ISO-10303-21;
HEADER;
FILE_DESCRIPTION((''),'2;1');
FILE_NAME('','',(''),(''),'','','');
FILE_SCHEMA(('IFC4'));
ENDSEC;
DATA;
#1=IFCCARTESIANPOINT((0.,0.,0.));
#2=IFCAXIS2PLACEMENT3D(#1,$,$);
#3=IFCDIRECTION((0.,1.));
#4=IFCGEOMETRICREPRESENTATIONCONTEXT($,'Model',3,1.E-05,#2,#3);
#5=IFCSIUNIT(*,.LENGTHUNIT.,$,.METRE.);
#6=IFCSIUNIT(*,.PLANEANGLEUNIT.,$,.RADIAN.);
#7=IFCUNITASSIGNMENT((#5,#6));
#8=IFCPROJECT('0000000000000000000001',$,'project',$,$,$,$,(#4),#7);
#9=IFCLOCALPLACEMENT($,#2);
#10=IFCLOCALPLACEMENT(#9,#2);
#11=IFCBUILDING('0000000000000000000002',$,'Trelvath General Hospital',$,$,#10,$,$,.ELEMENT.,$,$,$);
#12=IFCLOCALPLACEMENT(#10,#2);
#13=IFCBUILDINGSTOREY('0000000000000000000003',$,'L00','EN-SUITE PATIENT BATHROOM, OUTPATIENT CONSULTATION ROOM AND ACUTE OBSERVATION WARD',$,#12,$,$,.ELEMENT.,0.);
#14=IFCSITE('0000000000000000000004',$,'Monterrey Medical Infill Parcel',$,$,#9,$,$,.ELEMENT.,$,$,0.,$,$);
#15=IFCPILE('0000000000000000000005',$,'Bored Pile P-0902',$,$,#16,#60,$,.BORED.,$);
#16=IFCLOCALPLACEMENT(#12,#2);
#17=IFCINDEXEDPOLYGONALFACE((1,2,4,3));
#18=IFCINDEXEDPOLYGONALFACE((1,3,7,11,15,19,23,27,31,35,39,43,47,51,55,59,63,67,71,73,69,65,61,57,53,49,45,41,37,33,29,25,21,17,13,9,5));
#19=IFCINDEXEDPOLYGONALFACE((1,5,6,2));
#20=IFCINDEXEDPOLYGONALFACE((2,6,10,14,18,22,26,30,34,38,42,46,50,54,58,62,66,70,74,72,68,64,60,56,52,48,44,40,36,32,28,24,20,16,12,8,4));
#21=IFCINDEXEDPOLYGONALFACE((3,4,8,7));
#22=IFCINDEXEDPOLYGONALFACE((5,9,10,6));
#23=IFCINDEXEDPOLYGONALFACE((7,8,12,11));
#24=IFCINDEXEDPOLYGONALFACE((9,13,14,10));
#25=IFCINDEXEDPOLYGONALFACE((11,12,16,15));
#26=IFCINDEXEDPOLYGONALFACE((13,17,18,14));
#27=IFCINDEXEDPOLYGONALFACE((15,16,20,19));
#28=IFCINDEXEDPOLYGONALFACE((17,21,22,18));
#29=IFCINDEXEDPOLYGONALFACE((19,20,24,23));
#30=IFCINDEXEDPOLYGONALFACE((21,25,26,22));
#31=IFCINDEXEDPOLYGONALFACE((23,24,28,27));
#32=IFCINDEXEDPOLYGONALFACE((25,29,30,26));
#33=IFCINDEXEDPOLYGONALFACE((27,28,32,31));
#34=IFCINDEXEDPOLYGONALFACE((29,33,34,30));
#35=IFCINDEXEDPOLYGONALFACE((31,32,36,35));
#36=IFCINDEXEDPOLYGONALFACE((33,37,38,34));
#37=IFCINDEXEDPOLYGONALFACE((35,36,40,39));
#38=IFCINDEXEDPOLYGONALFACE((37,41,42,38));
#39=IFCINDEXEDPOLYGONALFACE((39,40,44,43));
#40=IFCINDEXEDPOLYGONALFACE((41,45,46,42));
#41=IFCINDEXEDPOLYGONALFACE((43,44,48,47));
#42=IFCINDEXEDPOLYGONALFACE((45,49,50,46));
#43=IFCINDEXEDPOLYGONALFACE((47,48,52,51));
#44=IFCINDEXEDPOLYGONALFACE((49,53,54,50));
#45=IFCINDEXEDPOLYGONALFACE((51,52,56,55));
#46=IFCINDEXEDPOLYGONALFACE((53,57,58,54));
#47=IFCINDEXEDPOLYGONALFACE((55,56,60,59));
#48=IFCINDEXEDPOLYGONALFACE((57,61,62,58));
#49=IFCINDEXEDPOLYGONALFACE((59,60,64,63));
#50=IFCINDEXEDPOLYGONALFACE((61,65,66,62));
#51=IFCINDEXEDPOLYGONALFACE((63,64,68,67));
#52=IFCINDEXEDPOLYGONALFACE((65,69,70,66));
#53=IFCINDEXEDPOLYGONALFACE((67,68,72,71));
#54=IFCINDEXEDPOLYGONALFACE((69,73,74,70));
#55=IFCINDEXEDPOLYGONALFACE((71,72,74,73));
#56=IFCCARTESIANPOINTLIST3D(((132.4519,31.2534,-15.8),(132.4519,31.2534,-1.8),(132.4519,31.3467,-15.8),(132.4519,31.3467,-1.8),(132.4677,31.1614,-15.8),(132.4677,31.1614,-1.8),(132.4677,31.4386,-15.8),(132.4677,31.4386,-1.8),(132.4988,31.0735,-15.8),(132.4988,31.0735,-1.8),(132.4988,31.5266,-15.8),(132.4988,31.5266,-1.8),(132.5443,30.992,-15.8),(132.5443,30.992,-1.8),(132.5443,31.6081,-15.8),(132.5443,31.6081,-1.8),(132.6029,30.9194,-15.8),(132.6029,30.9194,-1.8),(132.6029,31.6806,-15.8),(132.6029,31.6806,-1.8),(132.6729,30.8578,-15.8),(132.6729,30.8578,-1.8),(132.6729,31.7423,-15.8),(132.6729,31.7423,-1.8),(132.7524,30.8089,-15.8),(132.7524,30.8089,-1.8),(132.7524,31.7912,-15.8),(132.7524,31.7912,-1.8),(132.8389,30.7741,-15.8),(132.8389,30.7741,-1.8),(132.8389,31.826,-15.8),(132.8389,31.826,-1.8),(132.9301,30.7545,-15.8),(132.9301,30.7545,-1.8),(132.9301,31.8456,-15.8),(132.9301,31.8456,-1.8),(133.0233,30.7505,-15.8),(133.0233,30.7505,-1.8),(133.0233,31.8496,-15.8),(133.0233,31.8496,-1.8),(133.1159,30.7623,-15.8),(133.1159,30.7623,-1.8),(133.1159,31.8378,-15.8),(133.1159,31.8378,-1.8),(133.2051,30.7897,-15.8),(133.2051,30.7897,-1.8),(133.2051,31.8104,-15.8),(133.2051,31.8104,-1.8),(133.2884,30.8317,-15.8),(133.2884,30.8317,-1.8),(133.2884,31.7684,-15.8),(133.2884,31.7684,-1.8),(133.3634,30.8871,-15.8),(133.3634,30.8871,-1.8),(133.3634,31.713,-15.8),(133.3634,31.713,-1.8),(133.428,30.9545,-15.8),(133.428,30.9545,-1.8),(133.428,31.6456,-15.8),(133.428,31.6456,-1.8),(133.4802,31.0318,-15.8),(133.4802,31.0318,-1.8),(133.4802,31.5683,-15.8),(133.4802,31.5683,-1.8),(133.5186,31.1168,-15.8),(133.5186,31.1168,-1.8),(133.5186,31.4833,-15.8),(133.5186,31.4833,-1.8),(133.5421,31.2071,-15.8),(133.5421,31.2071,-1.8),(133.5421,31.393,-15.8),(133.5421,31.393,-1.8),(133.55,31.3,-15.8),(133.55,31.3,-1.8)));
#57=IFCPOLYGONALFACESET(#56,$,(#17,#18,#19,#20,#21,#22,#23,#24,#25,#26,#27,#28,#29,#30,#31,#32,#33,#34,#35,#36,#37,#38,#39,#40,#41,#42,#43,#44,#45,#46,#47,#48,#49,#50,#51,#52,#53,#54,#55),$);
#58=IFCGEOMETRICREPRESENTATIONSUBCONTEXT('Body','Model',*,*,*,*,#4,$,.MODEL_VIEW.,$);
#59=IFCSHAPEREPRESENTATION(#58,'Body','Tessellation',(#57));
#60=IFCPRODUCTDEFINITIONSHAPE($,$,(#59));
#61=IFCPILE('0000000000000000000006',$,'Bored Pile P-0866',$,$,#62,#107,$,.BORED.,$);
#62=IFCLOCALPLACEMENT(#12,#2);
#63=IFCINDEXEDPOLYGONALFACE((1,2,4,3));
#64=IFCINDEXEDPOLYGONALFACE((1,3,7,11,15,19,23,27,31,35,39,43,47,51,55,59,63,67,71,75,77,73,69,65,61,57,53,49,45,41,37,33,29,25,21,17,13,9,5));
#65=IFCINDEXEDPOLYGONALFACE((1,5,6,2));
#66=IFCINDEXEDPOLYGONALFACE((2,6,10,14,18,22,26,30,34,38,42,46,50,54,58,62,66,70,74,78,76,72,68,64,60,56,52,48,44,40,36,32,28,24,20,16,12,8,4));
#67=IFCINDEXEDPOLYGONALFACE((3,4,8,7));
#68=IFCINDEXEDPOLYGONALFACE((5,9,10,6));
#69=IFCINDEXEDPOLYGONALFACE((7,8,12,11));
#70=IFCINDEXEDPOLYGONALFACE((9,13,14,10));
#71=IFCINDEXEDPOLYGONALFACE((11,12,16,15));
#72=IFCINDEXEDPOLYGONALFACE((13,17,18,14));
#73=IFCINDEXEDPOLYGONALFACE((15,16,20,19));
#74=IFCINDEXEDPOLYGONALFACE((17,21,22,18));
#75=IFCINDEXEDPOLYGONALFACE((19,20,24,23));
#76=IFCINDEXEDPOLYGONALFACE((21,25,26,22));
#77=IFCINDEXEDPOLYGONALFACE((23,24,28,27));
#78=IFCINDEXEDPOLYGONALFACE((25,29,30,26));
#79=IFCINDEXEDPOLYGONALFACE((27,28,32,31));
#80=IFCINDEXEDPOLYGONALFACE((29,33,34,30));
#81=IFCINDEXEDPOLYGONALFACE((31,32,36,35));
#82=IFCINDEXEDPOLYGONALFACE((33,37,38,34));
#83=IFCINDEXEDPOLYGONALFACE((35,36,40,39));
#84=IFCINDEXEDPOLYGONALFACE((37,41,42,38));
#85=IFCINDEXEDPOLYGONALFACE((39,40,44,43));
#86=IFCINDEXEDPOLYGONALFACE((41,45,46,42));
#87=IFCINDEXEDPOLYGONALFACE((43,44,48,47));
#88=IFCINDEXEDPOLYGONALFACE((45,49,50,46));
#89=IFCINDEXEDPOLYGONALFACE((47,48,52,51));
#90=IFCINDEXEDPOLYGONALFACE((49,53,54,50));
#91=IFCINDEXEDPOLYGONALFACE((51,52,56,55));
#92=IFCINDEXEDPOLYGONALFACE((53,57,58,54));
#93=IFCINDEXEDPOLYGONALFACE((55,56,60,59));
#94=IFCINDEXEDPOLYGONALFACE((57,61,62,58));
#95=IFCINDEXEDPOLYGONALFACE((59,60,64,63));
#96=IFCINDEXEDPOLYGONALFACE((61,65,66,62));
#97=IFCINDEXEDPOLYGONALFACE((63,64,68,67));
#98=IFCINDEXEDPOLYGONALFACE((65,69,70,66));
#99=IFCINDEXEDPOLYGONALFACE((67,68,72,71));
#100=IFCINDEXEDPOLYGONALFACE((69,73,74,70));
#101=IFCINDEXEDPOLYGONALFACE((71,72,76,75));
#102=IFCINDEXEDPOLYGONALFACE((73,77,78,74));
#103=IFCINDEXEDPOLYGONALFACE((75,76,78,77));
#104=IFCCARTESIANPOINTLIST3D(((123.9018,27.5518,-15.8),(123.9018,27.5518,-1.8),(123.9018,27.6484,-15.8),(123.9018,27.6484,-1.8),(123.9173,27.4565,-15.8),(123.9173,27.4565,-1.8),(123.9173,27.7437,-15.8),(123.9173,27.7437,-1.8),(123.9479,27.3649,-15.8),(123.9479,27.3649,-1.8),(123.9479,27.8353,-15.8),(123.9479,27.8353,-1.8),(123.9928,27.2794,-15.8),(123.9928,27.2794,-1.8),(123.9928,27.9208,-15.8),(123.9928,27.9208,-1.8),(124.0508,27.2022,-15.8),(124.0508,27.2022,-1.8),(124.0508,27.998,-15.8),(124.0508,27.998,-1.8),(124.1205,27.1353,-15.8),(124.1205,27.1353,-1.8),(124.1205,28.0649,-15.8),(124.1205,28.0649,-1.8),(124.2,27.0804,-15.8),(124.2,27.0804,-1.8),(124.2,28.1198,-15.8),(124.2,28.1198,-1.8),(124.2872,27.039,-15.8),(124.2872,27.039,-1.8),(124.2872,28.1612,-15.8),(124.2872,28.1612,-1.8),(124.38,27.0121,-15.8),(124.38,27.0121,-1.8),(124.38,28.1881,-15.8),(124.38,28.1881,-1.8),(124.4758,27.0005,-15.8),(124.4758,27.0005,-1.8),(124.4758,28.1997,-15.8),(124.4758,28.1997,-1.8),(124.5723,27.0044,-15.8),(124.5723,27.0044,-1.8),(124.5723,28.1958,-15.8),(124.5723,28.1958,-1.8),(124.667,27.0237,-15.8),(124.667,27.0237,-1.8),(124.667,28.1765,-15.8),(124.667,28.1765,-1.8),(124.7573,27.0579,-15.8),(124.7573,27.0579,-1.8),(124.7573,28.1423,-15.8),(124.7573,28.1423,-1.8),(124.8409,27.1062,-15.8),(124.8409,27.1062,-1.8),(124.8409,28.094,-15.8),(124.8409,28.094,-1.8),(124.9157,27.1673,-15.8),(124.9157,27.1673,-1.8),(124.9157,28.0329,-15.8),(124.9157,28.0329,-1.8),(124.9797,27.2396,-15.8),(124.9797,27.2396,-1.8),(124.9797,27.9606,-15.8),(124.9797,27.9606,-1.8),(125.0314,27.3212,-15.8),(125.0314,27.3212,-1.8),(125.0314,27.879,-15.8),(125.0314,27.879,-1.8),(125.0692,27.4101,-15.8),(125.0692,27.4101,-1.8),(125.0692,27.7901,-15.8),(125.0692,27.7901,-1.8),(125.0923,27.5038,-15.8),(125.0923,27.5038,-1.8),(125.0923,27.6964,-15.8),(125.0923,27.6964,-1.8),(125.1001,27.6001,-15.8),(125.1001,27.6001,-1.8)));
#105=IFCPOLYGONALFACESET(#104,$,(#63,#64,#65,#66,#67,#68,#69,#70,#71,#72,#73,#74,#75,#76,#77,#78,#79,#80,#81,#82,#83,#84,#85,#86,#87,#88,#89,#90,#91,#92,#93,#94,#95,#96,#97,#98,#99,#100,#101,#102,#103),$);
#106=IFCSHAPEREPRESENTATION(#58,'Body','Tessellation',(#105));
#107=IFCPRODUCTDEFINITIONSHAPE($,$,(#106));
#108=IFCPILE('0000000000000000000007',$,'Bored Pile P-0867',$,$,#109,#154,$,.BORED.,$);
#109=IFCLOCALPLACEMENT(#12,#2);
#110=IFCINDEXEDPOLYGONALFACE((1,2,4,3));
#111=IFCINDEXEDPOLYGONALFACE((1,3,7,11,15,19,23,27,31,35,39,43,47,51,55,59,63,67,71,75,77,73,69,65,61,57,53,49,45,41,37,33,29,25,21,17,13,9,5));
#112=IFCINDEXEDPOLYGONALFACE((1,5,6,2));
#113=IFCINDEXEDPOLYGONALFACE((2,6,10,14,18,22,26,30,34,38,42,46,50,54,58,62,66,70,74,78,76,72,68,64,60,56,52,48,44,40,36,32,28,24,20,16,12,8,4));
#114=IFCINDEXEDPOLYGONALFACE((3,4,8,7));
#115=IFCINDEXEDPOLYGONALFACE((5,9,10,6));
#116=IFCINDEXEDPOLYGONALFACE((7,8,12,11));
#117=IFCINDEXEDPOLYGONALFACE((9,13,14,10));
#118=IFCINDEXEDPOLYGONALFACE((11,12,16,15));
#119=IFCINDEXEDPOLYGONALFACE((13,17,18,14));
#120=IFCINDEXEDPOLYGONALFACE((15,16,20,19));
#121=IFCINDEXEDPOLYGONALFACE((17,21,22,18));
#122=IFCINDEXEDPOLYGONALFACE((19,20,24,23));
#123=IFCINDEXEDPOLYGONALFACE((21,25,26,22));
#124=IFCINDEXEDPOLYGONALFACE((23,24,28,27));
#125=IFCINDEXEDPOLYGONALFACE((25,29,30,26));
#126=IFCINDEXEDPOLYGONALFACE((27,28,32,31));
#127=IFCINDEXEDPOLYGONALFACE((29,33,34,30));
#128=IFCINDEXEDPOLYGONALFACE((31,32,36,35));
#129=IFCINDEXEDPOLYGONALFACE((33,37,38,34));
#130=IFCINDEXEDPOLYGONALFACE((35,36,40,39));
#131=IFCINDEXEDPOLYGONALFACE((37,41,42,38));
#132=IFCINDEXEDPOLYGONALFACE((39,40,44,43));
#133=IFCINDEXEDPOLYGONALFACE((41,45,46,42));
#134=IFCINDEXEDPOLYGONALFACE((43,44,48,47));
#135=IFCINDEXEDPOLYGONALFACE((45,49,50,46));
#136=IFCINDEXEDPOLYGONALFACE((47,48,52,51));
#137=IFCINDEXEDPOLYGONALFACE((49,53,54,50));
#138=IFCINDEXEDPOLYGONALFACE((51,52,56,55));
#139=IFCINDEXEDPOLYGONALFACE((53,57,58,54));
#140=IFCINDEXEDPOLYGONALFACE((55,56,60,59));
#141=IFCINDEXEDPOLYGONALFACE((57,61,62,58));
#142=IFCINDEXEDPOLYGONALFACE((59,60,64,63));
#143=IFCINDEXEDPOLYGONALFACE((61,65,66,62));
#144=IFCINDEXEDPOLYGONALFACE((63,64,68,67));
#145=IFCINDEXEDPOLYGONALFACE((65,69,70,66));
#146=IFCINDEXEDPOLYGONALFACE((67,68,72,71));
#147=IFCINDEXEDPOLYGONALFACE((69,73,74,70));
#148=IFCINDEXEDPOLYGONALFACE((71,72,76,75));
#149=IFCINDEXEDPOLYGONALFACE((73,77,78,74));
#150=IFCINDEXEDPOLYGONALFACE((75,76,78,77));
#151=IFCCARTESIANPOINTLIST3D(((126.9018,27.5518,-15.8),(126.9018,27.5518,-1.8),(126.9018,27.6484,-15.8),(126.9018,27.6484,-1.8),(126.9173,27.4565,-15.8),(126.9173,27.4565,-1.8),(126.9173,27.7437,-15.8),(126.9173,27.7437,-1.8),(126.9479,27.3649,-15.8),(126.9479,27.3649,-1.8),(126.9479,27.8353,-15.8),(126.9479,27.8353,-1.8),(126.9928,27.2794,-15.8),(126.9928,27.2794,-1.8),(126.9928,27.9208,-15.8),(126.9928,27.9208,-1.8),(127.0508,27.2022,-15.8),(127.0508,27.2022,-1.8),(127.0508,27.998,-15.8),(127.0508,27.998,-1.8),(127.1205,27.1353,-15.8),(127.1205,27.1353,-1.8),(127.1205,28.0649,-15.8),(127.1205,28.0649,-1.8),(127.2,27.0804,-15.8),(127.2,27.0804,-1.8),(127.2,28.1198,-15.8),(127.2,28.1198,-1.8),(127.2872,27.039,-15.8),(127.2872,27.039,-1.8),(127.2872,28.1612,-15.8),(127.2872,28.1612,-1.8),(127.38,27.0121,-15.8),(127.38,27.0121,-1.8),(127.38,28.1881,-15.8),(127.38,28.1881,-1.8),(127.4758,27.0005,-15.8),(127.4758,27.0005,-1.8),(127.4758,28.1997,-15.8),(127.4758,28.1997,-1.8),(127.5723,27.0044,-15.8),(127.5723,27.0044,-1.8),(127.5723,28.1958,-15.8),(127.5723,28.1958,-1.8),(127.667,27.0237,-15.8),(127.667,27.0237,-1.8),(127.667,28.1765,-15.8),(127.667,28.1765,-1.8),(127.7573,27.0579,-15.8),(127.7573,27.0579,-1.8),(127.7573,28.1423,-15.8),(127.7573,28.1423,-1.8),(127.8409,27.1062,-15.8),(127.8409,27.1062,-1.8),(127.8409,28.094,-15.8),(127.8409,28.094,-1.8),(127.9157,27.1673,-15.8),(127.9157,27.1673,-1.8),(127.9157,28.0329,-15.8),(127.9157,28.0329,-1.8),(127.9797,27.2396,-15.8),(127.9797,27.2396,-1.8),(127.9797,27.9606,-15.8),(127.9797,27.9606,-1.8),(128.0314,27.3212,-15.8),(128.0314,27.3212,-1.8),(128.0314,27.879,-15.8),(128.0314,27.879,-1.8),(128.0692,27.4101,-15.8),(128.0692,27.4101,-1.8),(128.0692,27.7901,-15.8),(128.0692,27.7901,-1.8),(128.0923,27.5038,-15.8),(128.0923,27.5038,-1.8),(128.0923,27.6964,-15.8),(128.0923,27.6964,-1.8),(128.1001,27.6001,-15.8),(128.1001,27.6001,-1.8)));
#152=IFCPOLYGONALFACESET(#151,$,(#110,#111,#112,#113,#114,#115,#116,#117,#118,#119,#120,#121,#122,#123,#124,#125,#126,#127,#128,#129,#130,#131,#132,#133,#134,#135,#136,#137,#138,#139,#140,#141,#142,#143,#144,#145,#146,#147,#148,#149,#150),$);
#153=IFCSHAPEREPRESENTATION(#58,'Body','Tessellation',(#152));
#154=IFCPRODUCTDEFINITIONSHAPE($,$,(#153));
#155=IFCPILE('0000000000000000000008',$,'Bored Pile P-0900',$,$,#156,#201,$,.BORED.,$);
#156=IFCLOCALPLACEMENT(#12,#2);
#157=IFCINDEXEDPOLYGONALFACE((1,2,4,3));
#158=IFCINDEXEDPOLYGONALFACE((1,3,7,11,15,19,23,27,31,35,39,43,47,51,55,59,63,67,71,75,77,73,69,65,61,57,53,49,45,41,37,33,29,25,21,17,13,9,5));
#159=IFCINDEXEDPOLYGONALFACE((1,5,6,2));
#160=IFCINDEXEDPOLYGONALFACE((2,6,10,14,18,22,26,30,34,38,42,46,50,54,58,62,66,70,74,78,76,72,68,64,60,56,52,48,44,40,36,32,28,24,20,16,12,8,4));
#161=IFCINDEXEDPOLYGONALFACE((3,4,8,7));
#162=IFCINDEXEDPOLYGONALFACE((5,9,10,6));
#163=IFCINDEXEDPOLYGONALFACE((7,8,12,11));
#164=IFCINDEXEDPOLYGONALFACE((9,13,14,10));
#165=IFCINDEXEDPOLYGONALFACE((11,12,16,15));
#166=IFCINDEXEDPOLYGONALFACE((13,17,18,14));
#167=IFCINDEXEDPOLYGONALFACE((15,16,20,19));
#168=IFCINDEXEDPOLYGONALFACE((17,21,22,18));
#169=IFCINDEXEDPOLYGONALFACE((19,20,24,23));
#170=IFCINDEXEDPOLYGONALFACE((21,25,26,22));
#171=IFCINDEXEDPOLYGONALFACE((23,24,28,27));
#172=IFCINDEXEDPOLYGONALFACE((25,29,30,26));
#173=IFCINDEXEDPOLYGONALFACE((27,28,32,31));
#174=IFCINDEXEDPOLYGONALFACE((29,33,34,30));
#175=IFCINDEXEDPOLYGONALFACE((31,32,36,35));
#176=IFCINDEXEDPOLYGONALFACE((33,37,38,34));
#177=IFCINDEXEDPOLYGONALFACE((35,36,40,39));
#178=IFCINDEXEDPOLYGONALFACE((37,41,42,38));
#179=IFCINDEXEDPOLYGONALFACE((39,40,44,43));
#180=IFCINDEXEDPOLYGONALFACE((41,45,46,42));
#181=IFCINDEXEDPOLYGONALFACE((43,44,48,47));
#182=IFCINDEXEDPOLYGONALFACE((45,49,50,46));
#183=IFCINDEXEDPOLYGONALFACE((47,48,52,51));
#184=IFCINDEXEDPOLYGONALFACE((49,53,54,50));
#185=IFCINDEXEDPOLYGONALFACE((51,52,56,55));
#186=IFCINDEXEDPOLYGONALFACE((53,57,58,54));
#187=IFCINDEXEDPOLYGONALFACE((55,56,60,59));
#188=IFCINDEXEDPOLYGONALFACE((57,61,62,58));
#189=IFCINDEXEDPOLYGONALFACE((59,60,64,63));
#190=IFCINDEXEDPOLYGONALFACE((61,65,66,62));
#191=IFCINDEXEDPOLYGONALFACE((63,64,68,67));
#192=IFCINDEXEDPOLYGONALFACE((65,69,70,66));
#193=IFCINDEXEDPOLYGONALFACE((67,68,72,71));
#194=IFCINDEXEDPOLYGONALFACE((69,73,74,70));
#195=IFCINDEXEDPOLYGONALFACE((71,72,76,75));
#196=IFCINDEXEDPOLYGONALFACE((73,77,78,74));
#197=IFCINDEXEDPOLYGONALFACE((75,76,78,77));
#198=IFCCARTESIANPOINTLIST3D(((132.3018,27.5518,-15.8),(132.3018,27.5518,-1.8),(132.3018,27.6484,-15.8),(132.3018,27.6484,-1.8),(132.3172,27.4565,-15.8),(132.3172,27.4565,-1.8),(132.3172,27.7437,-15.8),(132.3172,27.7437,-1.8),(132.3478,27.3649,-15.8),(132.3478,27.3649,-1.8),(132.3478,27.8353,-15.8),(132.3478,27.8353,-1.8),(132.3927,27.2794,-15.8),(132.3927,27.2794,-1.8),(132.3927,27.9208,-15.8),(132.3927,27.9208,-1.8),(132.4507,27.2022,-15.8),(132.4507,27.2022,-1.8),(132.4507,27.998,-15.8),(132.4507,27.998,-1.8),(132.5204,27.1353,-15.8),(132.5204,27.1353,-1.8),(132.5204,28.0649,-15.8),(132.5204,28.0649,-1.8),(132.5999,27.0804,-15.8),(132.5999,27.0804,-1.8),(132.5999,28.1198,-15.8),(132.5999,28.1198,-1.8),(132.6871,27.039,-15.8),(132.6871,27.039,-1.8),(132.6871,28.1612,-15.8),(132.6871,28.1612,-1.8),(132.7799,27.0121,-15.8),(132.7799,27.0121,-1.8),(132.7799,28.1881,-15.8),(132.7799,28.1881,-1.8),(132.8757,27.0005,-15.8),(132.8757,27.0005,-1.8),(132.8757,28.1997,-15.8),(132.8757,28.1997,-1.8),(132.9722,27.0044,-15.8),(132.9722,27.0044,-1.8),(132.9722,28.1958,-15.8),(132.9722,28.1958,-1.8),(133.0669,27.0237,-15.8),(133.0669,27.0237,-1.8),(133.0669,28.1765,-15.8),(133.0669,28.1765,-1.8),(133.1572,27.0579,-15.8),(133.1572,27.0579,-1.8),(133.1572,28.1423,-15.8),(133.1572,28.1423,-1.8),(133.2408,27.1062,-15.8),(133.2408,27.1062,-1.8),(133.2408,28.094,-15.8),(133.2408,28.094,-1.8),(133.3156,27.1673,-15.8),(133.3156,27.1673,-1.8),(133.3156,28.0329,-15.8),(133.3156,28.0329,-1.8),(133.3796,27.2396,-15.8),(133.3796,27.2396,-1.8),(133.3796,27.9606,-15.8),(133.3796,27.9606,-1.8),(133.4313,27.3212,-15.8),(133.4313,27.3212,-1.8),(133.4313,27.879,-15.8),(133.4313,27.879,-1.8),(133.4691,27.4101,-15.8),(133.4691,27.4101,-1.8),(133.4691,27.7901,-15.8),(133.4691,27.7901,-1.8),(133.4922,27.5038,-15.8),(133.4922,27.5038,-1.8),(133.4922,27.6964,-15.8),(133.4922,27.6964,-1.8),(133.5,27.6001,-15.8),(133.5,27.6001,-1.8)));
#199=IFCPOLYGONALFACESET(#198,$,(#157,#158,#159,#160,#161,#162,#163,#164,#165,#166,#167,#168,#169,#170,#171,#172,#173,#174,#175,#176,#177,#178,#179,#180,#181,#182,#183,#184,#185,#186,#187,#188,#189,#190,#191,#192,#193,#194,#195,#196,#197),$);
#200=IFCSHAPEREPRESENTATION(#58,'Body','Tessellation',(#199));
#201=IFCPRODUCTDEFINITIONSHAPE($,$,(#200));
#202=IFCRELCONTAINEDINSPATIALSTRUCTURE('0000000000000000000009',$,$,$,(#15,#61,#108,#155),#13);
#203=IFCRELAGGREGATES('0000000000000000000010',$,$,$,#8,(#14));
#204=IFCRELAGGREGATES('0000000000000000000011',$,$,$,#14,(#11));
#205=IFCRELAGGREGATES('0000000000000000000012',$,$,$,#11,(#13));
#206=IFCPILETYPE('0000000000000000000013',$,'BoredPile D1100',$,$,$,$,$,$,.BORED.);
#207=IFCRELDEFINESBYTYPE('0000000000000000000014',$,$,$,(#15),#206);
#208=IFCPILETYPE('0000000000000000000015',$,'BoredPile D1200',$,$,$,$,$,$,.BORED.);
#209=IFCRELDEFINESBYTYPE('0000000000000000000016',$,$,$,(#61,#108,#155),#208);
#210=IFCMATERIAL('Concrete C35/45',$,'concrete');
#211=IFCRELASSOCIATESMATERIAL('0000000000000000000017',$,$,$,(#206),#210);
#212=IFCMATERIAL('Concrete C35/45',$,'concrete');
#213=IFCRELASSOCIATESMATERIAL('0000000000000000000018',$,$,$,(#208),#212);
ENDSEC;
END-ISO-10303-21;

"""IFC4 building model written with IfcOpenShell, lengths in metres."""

from ifc_helpers import new_model, si_unit, direction, frame, origin, origin_2d, place, context, subcontext, project, spatial, circle, extrude, material, material_profile, profile_set, type_object, element, save


model = new_model("IFC4")

# Units and contexts
model_context = context("Model", 3, precision=1e-05, world=origin(), true_north=direction((0.0, 1.0)))
body_context = subcontext(model_context, "Body", "Model", "MODEL_VIEW")
ifc_project = project(units=[si_unit("LENGTHUNIT", "METRE"), si_unit("PLANEANGLEUNIT", "RADIAN")], contexts=[model_context])

# Site, building, storey
site_placement = place(None, origin())
site = spatial("IfcSite", under=ifc_project, at=site_placement, Name="Monterrey Medical Infill Parcel", CompositionType="ELEMENT", RefElevation=0.0)
building_placement = place(site_placement, origin())
building = spatial("IfcBuilding", under=site, at=building_placement, Name="Trelvath General Hospital", CompositionType="ELEMENT")
storey_placement = place(building_placement, origin())
storey = spatial("IfcBuildingStorey", under=building, at=storey_placement, Name="L00", Description="EN-SUITE PATIENT BATHROOM, OUTPATIENT CONSULTATION ROOM AND ACUTE OBSERVATION WARD", CompositionType="ELEMENT", Elevation=0.0)

# Piles
ifc_material_1 = material(Name="Concrete C35/45", Category="concrete")
ifc_material_profile_1 = material_profile(ifc_material_1, circle(Radius=0.55, at=origin_2d()), Name="PILE1100")
ifc_profile_set_1 = profile_set([ifc_material_profile_1], Name="Concrete C35/45")
pile_type_1 = type_object("IfcPileType", Name="BoredPile D1100", PredefinedType="BORED", material=ifc_profile_set_1)
pile_placement = place(storey_placement, frame((133.0, 31.3, -1.8), z_axis=(0.0, 0.0, -1.0), x_axis=(1.0, 0.0, 0.0)))
element("IfcPile", 1, at=pile_placement, inside=storey, type_object=pile_type_1, Name="Bored Pile P-0902", PredefinedType="BORED", context=body_context, shape_type="SweptSolid", body=[
    extrude(circle(Radius=0.55, at=origin_2d()), origin(), (0.0, 0.0, 1.0), 14.0),
])
ifc_material_2 = material(Name="Concrete C35/45", Category="concrete")
ifc_material_profile_2 = material_profile(ifc_material_2, circle(Radius=0.6001, at=origin_2d()), Name="PILE1200")
ifc_profile_set_2 = profile_set([ifc_material_profile_2], Name="Concrete C35/45")
pile_type_2 = type_object("IfcPileType", Name="BoredPile D1200", PredefinedType="BORED", material=ifc_profile_set_2)
for number, where, z_axis, x_axis, name in (
    (2, (124.5, 27.6001, -1.8), (0.0, 0.0, -1.0), (1.0, 0.0, 0.0), "Bored Pile P-0866"),
    (3, (127.5, 27.6001, -1.8), (0.0, 0.0, -1.0), (1.0, 0.0, 0.0), "Bored Pile P-0867"),
    (4, (132.8999, 27.6001, -1.8), (0.0, 0.0, -1.0), (1.0, 0.0, 0.0), "Bored Pile P-0900"),
):
    element("IfcPile", number, at=place(storey_placement, frame(where, z_axis=z_axis, x_axis=x_axis)), inside=storey, type_object=pile_type_2, Name=name, PredefinedType="BORED", context=body_context, shape_type="SweptSolid", body=[
        extrude(circle(Radius=0.6001, at=origin_2d()), origin(), (0.0, 0.0, 1.0), 14.0),
    ])

save(model, "model.ifc")
